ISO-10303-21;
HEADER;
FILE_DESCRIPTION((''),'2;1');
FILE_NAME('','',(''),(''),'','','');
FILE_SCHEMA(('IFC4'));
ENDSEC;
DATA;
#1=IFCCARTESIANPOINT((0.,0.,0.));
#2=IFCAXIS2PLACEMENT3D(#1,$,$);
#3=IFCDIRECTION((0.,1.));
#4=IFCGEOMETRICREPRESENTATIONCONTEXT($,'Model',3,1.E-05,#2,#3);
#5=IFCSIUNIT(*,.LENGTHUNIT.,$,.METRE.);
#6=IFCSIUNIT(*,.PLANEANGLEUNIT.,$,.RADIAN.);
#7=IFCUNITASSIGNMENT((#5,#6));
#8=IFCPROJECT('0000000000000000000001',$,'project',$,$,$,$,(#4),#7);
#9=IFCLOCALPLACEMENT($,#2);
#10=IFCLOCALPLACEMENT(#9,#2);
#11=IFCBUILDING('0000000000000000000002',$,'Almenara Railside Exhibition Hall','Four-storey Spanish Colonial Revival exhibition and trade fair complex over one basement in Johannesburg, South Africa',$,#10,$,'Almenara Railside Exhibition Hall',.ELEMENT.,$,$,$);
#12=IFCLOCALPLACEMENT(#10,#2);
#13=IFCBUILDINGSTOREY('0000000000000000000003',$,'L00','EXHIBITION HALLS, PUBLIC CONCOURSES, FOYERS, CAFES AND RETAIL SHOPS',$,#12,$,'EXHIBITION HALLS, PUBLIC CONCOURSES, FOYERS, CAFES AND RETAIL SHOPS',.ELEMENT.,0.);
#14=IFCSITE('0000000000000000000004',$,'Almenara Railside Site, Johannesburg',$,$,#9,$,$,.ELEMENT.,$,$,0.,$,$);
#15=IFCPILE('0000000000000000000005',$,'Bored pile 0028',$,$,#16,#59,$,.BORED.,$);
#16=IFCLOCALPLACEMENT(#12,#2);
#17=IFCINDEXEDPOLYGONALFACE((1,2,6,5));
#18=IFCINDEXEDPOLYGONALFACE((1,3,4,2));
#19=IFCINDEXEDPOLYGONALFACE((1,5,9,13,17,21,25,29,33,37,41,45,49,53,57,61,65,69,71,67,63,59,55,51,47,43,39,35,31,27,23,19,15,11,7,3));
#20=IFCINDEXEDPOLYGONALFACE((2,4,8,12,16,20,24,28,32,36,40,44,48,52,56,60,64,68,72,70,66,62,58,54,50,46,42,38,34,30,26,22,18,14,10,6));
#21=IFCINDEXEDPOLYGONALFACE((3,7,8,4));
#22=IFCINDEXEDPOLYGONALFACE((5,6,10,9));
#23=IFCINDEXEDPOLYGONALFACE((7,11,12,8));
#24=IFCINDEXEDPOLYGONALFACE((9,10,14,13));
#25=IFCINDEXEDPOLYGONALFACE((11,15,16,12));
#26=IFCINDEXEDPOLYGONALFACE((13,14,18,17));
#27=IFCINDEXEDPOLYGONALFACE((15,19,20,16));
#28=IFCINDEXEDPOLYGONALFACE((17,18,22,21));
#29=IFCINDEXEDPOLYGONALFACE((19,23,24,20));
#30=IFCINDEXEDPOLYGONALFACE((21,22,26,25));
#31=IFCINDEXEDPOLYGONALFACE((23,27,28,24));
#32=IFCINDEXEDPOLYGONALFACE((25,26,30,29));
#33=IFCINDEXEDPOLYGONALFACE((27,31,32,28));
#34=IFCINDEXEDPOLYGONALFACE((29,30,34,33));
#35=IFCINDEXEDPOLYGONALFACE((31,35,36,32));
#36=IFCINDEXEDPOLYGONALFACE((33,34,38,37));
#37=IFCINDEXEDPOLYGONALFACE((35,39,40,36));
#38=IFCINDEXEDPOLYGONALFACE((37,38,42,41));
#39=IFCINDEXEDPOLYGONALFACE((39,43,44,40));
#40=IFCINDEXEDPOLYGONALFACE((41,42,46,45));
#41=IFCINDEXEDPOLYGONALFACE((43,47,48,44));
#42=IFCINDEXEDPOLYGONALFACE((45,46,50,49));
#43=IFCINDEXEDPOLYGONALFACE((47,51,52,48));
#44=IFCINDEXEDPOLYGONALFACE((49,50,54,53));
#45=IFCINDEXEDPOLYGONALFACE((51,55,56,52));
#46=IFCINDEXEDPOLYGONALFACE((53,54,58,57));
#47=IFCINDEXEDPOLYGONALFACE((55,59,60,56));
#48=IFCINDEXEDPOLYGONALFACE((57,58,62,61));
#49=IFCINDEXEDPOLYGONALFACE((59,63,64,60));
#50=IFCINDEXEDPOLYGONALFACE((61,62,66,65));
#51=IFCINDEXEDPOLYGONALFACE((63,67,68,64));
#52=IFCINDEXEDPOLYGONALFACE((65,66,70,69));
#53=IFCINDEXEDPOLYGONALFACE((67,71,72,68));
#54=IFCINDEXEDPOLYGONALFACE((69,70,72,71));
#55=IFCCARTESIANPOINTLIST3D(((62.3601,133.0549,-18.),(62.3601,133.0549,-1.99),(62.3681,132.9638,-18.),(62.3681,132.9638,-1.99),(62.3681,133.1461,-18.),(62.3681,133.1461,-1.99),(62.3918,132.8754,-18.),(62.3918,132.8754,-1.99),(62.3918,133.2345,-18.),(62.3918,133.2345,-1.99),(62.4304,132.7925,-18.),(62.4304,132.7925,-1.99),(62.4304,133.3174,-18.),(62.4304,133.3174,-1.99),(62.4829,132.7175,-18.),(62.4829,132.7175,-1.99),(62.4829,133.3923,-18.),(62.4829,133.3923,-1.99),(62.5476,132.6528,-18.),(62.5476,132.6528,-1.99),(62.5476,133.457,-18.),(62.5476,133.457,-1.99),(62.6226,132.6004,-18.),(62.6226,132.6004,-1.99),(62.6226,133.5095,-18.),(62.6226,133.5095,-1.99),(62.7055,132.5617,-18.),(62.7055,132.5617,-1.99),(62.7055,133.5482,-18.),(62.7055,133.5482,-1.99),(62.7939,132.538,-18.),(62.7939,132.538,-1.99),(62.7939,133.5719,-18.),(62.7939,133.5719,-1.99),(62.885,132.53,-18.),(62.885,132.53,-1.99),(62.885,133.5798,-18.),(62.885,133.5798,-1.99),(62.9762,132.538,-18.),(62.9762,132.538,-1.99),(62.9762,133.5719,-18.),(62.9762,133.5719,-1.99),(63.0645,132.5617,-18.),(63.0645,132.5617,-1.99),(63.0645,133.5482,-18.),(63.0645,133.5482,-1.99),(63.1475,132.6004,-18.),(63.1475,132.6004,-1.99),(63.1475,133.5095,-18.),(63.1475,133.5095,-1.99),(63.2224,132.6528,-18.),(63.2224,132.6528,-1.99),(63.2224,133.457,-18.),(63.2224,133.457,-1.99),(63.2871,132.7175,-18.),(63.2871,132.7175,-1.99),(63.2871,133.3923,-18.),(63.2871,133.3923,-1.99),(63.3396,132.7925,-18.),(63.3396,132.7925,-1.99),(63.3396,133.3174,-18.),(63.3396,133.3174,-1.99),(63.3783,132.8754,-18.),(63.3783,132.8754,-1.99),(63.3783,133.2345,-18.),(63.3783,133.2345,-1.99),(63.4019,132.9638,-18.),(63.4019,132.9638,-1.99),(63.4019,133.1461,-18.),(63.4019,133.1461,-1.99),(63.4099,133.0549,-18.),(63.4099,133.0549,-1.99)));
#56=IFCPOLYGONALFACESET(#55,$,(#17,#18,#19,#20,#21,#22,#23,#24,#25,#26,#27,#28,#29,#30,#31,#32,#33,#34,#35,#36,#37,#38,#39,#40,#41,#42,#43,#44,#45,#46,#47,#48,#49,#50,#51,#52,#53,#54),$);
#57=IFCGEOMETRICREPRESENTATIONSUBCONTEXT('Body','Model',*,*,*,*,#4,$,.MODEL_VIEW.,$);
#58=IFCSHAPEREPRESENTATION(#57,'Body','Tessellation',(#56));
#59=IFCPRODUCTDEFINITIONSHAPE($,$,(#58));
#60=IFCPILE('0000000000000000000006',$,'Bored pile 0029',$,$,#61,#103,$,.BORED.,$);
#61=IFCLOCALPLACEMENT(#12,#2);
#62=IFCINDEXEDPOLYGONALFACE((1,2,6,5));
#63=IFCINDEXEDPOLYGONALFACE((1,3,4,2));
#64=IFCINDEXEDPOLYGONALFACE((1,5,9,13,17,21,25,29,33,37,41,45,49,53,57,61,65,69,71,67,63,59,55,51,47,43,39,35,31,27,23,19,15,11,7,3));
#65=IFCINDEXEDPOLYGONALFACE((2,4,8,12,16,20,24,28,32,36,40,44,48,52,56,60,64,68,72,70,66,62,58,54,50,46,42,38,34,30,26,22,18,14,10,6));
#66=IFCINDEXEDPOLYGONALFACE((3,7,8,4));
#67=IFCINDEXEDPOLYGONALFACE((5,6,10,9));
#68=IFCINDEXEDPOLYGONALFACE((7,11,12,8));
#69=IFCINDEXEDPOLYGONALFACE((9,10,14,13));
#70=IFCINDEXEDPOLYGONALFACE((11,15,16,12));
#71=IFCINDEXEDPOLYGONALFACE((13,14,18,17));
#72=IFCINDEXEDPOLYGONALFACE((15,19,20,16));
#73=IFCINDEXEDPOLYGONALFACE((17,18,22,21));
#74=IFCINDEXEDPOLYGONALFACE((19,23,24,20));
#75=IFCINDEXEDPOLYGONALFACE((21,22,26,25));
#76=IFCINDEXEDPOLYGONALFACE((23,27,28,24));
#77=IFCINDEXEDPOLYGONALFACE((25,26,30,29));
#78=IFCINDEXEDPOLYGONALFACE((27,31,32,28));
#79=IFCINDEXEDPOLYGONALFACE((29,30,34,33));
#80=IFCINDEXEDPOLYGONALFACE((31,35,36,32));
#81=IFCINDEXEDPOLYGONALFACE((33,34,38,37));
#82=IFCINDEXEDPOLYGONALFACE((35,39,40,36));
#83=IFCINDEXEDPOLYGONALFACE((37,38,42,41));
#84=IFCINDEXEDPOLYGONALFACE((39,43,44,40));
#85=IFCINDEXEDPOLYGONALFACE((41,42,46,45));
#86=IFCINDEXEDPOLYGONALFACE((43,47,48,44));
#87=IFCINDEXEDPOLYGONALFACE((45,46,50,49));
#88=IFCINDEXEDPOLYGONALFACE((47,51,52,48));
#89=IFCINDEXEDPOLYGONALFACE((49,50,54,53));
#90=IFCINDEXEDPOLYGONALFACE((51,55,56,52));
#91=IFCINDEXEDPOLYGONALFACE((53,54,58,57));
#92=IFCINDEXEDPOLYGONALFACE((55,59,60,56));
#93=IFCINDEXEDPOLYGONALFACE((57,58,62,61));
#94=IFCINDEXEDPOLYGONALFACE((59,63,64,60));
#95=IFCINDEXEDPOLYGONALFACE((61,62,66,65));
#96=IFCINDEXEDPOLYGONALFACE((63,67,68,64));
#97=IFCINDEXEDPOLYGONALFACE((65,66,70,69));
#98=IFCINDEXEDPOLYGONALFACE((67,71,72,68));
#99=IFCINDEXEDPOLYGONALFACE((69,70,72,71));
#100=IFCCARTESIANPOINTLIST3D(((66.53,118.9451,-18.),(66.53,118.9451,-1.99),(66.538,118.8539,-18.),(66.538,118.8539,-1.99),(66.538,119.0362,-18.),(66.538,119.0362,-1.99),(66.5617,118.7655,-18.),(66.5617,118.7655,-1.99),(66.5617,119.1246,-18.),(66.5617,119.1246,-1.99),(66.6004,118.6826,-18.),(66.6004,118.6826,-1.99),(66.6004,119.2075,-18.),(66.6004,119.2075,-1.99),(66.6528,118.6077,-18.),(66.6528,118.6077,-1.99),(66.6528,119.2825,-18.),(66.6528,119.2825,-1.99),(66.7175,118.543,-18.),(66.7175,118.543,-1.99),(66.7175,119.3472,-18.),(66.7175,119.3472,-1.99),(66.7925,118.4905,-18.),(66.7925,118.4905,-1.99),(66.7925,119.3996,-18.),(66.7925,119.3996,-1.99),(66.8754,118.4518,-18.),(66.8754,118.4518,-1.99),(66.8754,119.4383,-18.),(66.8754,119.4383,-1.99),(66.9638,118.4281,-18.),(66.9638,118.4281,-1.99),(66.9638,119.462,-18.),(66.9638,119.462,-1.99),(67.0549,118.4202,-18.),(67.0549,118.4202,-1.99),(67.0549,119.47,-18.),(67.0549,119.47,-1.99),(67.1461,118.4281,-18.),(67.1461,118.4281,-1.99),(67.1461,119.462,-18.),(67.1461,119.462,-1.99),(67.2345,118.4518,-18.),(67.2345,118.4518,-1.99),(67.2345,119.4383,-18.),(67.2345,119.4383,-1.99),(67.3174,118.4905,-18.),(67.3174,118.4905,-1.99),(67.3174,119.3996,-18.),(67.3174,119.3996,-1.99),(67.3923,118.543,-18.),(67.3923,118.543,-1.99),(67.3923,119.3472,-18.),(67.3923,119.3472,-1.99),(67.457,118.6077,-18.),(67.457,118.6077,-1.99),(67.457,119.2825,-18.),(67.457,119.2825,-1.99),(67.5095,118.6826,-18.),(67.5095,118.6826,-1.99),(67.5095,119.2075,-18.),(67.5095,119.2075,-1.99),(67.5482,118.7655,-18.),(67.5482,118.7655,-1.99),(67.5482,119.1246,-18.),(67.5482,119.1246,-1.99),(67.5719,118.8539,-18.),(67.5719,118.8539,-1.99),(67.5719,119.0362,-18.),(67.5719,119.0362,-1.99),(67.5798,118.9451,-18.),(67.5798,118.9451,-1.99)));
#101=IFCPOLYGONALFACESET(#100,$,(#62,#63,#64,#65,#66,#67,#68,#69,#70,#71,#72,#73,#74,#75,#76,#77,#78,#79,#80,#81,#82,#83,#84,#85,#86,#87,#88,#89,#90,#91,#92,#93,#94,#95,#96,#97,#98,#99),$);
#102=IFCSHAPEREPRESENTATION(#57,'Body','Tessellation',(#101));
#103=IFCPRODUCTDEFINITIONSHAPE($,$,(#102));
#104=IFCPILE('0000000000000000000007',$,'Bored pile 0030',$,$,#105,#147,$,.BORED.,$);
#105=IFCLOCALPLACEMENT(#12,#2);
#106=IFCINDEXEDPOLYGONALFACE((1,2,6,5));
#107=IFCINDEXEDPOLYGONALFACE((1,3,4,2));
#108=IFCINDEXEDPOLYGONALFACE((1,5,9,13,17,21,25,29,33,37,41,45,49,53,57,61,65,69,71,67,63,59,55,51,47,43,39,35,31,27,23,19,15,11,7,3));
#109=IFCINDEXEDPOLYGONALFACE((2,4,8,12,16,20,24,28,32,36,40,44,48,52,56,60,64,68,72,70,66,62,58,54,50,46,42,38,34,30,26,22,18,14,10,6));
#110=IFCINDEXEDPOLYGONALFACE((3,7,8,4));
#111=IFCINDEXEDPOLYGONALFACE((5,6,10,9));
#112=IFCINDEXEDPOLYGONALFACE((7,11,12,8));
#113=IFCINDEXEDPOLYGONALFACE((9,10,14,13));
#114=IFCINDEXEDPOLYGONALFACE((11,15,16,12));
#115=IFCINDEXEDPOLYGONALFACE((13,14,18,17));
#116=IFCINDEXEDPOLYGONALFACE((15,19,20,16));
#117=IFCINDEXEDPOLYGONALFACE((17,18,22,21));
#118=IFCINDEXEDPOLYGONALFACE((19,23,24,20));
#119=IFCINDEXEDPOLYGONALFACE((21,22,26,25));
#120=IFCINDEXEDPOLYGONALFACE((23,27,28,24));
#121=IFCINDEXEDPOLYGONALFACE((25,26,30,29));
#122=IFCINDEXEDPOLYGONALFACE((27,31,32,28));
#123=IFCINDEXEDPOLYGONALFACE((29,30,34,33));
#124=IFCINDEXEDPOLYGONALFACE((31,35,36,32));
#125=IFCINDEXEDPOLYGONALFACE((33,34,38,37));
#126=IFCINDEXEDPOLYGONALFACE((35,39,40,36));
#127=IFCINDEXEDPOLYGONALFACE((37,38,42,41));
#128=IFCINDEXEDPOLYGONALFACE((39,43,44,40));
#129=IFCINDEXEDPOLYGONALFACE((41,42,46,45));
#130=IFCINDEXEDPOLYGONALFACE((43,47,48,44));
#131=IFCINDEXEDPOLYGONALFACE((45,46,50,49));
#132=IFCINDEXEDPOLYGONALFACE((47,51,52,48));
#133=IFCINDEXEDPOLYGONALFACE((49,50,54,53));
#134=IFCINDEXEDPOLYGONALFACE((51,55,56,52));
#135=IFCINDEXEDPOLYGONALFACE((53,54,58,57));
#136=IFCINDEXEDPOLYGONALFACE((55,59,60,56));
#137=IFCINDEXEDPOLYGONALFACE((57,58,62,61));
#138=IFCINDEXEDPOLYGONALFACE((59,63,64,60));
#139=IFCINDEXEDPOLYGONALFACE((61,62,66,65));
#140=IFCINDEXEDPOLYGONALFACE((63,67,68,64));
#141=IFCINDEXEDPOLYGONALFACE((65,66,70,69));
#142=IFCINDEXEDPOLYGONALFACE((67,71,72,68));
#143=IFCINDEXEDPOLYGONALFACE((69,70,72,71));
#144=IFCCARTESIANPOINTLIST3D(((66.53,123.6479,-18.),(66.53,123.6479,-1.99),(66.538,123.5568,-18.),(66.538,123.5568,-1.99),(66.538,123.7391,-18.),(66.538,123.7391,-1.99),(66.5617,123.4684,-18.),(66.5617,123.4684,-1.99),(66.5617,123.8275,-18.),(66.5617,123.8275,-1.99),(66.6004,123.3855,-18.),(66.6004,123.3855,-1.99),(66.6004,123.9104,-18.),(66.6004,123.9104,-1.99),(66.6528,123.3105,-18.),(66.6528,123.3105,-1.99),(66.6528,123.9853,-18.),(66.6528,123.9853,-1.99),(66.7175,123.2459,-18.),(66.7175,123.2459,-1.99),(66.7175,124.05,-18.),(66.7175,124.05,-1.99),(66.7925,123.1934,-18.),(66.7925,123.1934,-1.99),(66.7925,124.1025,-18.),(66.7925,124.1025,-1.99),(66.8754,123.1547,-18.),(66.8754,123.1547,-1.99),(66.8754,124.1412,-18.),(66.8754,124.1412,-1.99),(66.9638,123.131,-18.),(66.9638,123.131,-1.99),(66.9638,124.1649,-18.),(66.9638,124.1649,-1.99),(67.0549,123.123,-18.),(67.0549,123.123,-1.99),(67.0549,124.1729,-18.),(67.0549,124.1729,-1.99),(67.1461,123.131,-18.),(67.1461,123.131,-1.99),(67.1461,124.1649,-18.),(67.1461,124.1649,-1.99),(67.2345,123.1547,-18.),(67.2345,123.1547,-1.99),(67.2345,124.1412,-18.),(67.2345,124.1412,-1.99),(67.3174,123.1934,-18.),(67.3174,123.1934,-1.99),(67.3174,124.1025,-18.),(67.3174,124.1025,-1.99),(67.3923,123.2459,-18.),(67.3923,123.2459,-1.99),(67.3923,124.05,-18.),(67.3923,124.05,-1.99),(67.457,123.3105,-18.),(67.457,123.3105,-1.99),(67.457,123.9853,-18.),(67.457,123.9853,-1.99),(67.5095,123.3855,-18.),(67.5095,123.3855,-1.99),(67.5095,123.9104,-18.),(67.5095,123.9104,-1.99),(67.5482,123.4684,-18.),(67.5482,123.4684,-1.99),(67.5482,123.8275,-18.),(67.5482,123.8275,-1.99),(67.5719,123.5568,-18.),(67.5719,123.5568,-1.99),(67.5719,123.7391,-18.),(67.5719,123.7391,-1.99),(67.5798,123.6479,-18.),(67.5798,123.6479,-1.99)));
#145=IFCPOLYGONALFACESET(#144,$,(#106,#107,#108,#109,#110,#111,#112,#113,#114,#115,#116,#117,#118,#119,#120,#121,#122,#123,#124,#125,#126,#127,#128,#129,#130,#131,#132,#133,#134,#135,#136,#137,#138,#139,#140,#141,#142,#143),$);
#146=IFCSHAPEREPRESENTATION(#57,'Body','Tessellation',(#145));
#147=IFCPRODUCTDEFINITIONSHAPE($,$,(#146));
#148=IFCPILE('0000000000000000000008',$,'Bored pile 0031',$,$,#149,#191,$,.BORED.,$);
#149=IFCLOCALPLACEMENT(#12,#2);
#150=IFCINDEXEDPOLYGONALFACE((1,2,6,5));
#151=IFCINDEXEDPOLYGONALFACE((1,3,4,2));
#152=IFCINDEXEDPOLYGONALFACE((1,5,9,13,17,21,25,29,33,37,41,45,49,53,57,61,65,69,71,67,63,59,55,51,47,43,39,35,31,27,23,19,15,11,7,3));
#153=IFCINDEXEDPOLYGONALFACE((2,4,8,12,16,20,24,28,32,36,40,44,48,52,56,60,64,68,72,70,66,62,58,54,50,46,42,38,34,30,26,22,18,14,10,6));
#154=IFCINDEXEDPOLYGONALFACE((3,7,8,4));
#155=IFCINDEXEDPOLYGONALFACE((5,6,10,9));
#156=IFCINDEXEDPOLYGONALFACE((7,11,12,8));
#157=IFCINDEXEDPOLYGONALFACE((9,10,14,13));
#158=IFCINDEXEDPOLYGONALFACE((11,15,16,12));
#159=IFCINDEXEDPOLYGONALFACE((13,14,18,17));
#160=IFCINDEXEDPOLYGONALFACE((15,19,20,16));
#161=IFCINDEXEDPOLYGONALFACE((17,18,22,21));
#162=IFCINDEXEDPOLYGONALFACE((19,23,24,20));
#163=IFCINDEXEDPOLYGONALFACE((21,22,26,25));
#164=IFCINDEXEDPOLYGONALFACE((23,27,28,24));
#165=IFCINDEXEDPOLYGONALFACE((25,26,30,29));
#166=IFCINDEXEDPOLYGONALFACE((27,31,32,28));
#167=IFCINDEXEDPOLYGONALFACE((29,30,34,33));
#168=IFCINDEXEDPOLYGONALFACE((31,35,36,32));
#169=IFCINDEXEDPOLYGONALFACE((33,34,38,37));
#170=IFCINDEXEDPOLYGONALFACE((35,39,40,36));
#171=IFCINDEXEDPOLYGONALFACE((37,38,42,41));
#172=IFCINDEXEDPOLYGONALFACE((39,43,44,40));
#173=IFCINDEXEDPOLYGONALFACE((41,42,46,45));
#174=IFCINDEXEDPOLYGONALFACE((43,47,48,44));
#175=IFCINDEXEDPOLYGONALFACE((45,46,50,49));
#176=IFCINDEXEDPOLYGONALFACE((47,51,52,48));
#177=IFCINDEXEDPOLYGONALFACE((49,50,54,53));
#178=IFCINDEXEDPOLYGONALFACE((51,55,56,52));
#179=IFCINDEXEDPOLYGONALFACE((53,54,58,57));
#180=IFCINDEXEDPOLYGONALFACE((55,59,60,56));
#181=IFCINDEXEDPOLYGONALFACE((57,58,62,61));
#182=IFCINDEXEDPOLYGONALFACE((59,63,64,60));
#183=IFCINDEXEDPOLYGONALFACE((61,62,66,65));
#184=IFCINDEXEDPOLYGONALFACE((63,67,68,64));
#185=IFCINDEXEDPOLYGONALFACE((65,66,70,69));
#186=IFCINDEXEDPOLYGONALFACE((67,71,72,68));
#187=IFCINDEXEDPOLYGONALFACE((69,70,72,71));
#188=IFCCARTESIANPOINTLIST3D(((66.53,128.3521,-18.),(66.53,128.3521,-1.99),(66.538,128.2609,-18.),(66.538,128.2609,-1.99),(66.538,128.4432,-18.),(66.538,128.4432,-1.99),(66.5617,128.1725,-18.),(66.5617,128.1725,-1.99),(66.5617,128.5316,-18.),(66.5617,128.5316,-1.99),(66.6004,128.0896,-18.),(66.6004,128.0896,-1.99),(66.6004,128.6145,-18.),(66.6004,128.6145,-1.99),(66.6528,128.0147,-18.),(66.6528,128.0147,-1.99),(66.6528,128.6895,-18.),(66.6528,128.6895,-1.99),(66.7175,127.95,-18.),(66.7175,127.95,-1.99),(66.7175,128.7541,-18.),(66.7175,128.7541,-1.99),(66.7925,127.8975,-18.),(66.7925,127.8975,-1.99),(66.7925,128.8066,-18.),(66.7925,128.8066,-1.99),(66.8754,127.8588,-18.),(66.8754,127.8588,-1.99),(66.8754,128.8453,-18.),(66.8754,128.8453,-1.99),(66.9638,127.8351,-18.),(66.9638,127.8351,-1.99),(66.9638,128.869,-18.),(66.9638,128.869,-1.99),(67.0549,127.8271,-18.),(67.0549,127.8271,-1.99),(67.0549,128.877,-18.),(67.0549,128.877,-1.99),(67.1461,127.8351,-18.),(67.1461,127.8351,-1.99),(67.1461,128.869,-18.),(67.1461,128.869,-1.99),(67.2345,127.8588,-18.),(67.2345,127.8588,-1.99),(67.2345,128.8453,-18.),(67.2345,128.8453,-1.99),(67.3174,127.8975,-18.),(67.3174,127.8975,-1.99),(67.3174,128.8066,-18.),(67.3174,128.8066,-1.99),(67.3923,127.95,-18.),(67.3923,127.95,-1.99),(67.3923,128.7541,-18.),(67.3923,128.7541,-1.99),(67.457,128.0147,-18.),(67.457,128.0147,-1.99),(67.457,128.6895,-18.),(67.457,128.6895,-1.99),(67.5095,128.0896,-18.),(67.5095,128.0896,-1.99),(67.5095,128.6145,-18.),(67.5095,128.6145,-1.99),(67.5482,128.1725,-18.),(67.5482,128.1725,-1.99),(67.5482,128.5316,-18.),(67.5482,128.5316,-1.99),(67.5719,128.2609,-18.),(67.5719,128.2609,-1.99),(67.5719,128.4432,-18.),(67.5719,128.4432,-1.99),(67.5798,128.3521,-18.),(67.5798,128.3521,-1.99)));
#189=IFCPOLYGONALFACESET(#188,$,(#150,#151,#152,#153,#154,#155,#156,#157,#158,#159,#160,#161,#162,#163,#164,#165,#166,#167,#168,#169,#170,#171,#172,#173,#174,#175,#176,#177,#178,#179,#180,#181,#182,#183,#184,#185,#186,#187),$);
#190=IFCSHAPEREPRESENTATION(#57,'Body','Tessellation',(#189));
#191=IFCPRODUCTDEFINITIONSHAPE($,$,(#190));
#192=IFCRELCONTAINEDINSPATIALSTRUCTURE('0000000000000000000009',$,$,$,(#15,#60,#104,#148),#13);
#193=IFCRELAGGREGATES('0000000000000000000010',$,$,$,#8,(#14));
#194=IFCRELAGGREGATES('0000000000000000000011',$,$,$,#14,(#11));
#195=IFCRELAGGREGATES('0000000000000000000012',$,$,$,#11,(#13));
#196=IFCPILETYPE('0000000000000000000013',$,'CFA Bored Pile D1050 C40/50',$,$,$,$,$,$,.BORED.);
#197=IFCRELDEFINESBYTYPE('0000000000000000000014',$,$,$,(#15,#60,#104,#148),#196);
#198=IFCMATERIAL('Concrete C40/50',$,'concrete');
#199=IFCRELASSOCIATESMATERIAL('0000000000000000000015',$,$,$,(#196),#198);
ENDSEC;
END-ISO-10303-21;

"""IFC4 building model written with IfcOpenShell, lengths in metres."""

from ifc_helpers import new_model, si_unit, direction, frame, origin, origin_2d, place, context, subcontext, project, spatial, circle, extrude, material, material_profile, profile_set, type_object, element, save


model = new_model("IFC4")

# Units and contexts
model_context = context("Model", 3, precision=1e-05, world=origin(), true_north=direction((0.0, 1.0)))
body_context = subcontext(model_context, "Body", "Model", "MODEL_VIEW")
ifc_project = project(units=[si_unit("LENGTHUNIT", "METRE"), si_unit("PLANEANGLEUNIT", "RADIAN")], contexts=[model_context])

# Site, building, storey
site_placement = place(None, origin())
site = spatial("IfcSite", under=ifc_project, at=site_placement, Name="Almenara Railside Site, Johannesburg", CompositionType="ELEMENT", RefElevation=0.0)
building_placement = place(site_placement, origin())
building = spatial("IfcBuilding", under=site, at=building_placement, Name="Almenara Railside Exhibition Hall", Description="Four-storey Spanish Colonial Revival exhibition and trade fair complex over one basement in Johannesburg, South Africa", LongName="Almenara Railside Exhibition Hall", CompositionType="ELEMENT")
storey_placement = place(building_placement, origin())
storey = spatial("IfcBuildingStorey", under=building, at=storey_placement, Name="L00", Description="EXHIBITION HALLS, PUBLIC CONCOURSES, FOYERS, CAFES AND RETAIL SHOPS", LongName="EXHIBITION HALLS, PUBLIC CONCOURSES, FOYERS, CAFES AND RETAIL SHOPS", CompositionType="ELEMENT", Elevation=0.0)

# Piles
ifc_material_1 = material(Name="Concrete C40/50", Category="concrete")
ifc_material_profile_1 = material_profile(ifc_material_1, circle(Radius=0.5249, at=origin_2d()), Name="CFA-PILE D1050")
ifc_profile_set_1 = profile_set([ifc_material_profile_1], Name="Concrete C40/50")
pile_type = type_object("IfcPileType", Name="CFA Bored Pile D1050 C40/50", PredefinedType="BORED", material=ifc_profile_set_1)
for number, where, z_axis, x_axis, name in (
    (1, (62.885, 133.0549, -1.99), (0.0, 0.0, -1.0), (1.0, 0.0, 0.0), "Bored pile 0028"),
    (2, (67.0549, 118.9451, -1.99), (0.0, 0.0, -1.0), (1.0, 0.0, 0.0), "Bored pile 0029"),
    (3, (67.0549, 123.6479, -1.99), (0.0, 0.0, -1.0), (1.0, 0.0, 0.0), "Bored pile 0030"),
    (4, (67.0549, 128.3521, -1.99), (0.0, 0.0, -1.0), (1.0, 0.0, 0.0), "Bored pile 0031"),
):
    element("IfcPile", number, at=place(storey_placement, frame(where, z_axis=z_axis, x_axis=x_axis)), inside=storey, type_object=pile_type, Name=name, PredefinedType="BORED", context=body_context, shape_type="SweptSolid", body=[
        extrude(circle(Radius=0.5249, at=origin_2d()), origin(), (0.0, 0.0, 1.0), 16.01),
    ])

save(model, "model.ifc")
